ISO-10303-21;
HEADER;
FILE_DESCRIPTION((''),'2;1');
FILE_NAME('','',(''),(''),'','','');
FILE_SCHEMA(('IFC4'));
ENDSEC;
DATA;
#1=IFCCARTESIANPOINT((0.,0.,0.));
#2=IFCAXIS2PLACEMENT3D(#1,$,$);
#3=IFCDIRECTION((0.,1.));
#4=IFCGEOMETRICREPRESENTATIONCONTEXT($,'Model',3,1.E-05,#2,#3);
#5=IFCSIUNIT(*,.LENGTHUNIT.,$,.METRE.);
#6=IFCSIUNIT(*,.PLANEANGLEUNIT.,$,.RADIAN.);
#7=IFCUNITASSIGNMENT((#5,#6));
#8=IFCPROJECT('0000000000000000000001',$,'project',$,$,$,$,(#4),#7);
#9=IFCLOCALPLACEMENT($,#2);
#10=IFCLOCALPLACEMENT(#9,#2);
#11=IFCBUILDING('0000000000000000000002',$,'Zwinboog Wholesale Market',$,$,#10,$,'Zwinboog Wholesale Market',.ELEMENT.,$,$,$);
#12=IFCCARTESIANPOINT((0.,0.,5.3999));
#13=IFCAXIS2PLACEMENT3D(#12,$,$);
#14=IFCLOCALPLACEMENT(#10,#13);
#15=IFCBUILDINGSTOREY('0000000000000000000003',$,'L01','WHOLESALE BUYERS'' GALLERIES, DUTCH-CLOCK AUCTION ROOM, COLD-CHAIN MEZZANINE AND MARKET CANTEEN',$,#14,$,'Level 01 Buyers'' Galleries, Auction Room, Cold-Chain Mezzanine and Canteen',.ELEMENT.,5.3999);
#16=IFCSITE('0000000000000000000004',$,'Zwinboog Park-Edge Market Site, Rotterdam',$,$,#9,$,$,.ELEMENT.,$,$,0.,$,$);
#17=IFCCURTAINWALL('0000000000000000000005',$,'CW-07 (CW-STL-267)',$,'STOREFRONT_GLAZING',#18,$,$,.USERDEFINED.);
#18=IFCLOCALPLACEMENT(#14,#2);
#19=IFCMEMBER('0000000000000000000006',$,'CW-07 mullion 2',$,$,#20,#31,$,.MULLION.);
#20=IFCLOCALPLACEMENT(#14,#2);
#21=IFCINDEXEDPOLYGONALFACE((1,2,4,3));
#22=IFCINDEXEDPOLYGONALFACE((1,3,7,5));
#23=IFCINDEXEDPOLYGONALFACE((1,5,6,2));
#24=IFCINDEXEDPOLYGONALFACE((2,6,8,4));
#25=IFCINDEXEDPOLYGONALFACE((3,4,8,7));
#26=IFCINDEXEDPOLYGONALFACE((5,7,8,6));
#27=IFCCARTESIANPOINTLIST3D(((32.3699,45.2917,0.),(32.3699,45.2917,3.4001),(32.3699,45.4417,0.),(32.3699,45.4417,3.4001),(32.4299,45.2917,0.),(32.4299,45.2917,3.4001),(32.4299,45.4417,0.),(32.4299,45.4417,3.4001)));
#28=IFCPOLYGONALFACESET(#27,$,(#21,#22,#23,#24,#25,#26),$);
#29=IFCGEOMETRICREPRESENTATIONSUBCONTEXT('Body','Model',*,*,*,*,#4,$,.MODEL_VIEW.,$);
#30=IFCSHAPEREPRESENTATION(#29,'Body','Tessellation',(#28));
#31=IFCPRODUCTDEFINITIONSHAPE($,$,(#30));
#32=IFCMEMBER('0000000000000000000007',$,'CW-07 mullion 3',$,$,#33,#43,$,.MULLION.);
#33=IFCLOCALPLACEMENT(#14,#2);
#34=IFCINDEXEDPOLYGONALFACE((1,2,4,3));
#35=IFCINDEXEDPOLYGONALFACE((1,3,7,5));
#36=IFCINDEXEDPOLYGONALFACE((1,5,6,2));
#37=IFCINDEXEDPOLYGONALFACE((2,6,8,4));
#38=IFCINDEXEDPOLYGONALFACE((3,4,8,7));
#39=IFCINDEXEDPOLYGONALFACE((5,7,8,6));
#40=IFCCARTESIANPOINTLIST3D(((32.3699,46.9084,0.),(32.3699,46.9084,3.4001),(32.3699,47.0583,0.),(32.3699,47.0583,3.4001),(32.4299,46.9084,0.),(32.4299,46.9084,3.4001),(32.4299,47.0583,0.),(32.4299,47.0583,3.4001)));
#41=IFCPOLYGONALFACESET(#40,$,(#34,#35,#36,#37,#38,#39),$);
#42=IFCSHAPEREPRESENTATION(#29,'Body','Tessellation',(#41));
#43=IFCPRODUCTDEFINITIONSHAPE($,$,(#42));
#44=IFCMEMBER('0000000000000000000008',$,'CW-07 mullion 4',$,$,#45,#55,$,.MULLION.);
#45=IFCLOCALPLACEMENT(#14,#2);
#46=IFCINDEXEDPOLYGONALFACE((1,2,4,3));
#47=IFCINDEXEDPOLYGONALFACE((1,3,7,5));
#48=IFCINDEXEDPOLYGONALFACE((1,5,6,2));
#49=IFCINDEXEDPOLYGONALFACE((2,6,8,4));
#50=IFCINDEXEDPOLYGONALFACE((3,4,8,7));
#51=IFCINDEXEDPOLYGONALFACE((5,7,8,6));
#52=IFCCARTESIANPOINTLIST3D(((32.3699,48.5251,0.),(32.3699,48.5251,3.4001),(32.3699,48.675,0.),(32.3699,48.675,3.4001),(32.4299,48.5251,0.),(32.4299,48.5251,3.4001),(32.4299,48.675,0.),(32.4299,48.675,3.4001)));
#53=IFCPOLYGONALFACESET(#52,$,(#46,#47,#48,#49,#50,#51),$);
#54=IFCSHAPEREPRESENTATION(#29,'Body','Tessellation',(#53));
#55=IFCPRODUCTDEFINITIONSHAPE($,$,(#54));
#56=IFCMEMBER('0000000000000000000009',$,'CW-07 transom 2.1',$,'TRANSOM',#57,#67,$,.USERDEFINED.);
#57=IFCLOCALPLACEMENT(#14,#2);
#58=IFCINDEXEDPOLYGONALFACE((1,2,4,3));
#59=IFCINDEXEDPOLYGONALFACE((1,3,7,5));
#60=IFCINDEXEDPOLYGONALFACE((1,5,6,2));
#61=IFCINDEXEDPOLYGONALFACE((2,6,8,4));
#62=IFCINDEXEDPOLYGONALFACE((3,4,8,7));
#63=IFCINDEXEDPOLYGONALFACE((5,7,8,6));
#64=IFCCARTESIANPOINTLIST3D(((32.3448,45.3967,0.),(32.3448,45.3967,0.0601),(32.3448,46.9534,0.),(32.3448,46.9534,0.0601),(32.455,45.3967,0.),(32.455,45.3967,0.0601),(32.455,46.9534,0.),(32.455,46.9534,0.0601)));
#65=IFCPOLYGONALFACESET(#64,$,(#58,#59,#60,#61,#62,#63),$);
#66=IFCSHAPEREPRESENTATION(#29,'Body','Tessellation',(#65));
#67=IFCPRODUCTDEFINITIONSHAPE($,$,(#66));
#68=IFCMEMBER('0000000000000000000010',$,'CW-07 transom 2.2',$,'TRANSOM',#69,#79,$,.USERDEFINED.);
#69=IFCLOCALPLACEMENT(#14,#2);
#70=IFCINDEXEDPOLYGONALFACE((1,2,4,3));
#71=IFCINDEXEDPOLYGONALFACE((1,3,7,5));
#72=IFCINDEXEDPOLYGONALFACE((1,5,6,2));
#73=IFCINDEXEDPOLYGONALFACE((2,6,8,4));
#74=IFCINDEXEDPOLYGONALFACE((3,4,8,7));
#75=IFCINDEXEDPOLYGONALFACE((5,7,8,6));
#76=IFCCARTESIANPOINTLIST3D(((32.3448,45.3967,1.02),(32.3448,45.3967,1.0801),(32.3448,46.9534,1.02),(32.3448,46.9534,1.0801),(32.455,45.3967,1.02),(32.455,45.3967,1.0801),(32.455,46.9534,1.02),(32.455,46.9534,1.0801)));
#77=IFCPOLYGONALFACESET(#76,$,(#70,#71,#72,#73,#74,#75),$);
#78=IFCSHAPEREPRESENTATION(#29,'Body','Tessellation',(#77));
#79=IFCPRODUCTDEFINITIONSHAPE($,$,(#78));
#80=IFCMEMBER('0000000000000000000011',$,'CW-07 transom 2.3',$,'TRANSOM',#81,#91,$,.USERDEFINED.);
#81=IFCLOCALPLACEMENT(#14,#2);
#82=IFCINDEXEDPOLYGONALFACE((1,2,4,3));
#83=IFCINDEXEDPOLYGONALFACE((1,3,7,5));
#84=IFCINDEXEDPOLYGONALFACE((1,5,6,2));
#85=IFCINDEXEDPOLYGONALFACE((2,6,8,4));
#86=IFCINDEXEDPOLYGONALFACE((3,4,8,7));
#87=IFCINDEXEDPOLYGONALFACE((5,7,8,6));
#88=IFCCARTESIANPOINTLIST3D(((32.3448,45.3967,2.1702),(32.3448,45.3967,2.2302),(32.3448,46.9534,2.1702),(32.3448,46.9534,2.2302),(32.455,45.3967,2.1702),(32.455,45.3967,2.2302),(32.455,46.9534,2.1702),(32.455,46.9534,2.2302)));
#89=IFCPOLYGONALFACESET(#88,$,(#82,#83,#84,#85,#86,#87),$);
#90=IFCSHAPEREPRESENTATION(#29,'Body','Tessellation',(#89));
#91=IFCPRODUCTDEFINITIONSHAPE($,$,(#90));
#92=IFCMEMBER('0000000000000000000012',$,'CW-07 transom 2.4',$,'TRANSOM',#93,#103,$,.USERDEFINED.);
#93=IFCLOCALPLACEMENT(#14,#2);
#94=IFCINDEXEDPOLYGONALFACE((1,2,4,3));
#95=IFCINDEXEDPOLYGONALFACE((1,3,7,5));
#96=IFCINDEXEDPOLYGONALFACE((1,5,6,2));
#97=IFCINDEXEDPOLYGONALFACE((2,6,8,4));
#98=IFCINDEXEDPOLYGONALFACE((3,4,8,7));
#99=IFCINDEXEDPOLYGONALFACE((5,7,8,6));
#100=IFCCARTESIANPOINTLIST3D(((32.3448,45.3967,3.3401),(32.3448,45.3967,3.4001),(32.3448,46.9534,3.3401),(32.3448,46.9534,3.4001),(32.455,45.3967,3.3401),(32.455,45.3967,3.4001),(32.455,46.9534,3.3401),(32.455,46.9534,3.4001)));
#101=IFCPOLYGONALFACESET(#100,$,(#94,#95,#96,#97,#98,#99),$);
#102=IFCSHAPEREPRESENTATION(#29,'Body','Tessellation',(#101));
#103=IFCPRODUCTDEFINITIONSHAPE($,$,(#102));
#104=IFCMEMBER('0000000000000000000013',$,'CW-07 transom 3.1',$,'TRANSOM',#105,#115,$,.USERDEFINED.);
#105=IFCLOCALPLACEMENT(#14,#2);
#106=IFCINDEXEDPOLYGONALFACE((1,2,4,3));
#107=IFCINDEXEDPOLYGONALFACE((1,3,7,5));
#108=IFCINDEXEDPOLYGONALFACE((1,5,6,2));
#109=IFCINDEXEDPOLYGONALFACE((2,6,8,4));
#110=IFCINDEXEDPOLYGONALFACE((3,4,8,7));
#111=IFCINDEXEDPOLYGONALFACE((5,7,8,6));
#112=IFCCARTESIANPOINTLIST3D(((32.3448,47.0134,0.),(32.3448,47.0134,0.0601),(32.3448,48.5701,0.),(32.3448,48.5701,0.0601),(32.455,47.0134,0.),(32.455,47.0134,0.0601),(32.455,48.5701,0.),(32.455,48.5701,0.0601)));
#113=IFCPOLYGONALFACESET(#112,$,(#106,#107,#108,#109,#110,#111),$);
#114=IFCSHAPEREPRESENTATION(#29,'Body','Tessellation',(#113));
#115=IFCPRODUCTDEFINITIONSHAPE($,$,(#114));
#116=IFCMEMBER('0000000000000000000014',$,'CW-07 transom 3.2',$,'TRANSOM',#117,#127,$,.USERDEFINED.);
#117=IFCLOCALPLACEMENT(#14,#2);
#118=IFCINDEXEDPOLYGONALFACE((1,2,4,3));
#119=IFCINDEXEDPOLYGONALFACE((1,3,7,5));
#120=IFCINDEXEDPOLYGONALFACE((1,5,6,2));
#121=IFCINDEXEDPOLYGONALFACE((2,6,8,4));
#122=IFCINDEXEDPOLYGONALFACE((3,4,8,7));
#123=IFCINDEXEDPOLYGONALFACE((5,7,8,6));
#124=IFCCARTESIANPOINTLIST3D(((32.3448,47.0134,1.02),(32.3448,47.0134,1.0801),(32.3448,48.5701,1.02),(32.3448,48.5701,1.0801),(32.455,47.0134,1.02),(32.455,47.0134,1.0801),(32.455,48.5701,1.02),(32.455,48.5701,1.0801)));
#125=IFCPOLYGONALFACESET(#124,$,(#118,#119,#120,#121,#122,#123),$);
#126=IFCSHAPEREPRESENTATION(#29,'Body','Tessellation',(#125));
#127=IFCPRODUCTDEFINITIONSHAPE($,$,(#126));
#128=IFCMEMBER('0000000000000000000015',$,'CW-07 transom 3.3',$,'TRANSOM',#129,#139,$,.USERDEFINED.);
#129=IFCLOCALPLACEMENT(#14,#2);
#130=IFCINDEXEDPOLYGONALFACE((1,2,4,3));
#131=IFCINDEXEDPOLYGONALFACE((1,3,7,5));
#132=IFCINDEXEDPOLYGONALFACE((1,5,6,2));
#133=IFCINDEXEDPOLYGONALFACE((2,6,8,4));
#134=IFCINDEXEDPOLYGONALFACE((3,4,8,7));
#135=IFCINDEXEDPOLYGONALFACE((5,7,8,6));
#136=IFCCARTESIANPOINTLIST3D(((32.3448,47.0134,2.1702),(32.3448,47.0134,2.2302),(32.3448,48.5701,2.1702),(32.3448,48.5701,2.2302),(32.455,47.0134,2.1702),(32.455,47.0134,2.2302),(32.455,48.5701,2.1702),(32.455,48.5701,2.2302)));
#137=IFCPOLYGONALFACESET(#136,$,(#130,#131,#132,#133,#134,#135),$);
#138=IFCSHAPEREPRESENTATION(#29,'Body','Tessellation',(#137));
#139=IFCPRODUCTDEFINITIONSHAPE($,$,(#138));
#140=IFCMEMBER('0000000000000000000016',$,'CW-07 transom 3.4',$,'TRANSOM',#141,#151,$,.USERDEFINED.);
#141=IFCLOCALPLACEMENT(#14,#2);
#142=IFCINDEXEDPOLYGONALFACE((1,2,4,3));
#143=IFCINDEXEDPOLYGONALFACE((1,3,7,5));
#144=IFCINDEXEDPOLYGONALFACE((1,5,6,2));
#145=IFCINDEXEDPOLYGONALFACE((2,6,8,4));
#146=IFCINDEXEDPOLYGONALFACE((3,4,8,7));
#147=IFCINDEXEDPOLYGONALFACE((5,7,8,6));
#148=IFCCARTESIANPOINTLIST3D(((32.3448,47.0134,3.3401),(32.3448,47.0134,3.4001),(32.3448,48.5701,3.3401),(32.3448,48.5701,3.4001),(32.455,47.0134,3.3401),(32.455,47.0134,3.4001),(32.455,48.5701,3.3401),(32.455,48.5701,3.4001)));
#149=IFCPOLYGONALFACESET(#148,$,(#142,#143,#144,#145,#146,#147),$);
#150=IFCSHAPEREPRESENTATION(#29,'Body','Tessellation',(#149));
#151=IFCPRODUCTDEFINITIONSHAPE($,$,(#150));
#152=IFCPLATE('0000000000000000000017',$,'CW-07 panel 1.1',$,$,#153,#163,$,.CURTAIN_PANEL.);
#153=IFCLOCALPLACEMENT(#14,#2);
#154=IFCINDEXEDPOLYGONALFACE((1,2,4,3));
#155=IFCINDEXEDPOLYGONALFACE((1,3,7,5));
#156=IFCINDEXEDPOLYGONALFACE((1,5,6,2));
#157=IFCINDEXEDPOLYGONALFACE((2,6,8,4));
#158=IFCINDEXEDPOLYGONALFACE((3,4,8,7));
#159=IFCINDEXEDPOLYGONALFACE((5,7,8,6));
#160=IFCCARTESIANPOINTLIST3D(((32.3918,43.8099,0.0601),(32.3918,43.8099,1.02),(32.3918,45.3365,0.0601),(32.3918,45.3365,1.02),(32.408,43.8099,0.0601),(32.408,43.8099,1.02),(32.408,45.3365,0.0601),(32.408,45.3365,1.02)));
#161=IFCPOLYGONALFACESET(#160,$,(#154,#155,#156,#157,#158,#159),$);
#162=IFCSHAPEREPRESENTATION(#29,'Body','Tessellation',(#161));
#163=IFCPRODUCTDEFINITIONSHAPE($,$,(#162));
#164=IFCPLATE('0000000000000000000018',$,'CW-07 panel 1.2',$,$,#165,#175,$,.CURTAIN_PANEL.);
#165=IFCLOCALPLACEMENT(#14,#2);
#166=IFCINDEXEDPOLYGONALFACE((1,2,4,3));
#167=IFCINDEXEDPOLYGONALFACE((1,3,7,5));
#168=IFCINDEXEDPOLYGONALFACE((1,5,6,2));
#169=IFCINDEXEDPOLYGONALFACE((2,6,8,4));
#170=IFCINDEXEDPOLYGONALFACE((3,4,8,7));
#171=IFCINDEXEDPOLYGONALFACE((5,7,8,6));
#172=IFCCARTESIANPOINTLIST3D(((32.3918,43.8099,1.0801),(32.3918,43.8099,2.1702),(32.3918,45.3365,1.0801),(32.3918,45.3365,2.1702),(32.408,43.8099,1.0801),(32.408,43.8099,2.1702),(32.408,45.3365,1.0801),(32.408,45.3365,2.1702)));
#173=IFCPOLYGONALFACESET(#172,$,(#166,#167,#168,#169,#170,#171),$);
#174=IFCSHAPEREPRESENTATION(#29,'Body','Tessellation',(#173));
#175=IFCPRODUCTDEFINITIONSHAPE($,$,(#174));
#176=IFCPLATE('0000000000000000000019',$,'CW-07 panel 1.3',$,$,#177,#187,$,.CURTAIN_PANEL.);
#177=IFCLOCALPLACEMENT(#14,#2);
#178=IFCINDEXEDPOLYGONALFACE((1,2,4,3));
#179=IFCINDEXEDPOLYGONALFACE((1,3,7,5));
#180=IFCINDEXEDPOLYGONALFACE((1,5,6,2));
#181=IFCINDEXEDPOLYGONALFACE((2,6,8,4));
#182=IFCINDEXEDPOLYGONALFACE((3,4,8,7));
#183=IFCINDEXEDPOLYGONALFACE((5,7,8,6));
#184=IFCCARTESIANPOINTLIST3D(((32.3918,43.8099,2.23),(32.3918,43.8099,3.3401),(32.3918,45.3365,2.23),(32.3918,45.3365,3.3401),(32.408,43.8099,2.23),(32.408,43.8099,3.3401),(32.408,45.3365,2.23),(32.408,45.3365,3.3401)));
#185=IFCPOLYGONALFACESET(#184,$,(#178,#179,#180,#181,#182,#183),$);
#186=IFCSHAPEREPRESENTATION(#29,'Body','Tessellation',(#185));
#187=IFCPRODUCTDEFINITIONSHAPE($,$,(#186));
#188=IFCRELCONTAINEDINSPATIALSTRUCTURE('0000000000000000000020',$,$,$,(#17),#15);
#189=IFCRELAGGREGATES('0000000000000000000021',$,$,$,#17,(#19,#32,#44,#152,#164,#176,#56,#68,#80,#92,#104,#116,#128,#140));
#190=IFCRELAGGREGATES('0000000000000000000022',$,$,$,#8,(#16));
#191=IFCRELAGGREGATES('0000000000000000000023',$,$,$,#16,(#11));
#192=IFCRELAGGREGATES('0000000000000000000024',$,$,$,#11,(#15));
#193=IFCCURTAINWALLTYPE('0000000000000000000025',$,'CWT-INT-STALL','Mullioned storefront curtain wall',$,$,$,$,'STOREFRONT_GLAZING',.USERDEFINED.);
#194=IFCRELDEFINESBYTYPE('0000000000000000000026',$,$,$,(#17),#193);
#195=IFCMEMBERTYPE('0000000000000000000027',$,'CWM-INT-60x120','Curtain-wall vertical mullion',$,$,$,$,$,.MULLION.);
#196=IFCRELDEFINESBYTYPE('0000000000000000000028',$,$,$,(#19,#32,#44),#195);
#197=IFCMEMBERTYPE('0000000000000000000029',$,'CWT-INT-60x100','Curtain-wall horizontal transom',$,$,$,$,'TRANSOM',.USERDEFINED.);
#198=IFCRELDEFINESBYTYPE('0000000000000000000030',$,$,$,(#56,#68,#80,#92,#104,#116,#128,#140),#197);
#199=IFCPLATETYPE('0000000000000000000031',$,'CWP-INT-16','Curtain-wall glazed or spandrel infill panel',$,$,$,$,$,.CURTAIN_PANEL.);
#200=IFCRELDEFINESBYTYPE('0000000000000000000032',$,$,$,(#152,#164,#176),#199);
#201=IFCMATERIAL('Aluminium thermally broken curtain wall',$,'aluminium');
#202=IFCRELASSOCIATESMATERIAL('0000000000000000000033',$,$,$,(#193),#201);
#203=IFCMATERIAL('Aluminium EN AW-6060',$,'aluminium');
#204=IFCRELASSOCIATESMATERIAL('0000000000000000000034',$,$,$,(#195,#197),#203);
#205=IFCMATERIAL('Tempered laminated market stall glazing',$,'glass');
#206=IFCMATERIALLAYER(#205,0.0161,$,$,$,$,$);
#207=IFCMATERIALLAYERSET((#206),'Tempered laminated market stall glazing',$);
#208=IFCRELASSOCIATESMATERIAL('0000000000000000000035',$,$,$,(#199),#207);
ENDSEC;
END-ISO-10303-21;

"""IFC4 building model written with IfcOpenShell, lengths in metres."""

from ifc_helpers import new_model, si_unit, direction, frame, origin, origin_2d, place, context, subcontext, project, spatial, rectangle, extrude, material, layer, layer_set, material_profile, profile_set, type_object, element, aggregate, save


model = new_model("IFC4")

# Units and contexts
model_context = context("Model", 3, precision=1e-05, world=origin(), true_north=direction((0.0, 1.0)))
body_context = subcontext(model_context, "Body", "Model", "MODEL_VIEW")
ifc_project = project(units=[si_unit("LENGTHUNIT", "METRE"), si_unit("PLANEANGLEUNIT", "RADIAN")], contexts=[model_context])

# Site, building, storey
site_placement = place(None, origin())
site = spatial("IfcSite", under=ifc_project, at=site_placement, Name="Zwinboog Park-Edge Market Site, Rotterdam", CompositionType="ELEMENT", RefElevation=0.0)
building_placement = place(site_placement, origin())
building = spatial("IfcBuilding", under=site, at=building_placement, Name="Zwinboog Wholesale Market", LongName="Zwinboog Wholesale Market", CompositionType="ELEMENT")
storey_placement = place(building_placement, frame((0.0, 0.0, 5.3999)))
storey = spatial("IfcBuildingStorey", under=building, at=storey_placement, Name="L01", Description="WHOLESALE BUYERS' GALLERIES, DUTCH-CLOCK AUCTION ROOM, COLD-CHAIN MEZZANINE AND MARKET CANTEEN", LongName="Level 01 Buyers' Galleries, Auction Room, Cold-Chain Mezzanine and Canteen", CompositionType="ELEMENT", Elevation=5.3999)

# Curtain wall, members, plates
ifc_material_1 = material(Name="Aluminium thermally broken curtain wall", Category="aluminium")
curtain_wall_type = type_object("IfcCurtainWallType", Name="CWT-INT-STALL", Description="Mullioned storefront curtain wall", ElementType="STOREFRONT_GLAZING", PredefinedType="USERDEFINED", material=ifc_material_1)
curtain_wall_placement = place(storey_placement, origin())
curtain_wall = element("IfcCurtainWall", 1, at=curtain_wall_placement, inside=storey, type_object=curtain_wall_type, Name="CW-07 (CW-STL-267)", ObjectType="STOREFRONT_GLAZING", PredefinedType="USERDEFINED")
ifc_material_2 = material(Name="Aluminium EN AW-6060", Category="aluminium")
ifc_material_profile_1 = material_profile(ifc_material_2, rectangle(XDim=0.0601, YDim=0.1499, at=origin_2d()), Name="AL 60x150")
ifc_profile_set_1 = profile_set([ifc_material_profile_1], Name="Aluminium EN AW-6060")
member_type_1 = type_object("IfcMemberType", Name="CWM-INT-60x120", Description="Curtain-wall vertical mullion", PredefinedType="MULLION", material=ifc_profile_set_1)
member_1_placement = place(storey_placement, frame((32.3999, 45.3667, 0.0), z_axis=(0.0, 0.0, 1.0), x_axis=(-1.0, 0.0, 0.0)))
member_1 = element("IfcMember", 2, at=member_1_placement, type_object=member_type_1, Name="CW-07 mullion 2", PredefinedType="MULLION", context=body_context, shape_type="SweptSolid", body=[
    extrude(rectangle(XDim=0.0601, YDim=0.1499, at=origin_2d()), origin(), (0.0, 0.0, 1.0), 3.4001),
])
member_2_placement = place(storey_placement, frame((32.3999, 46.9834, 0.0), z_axis=(0.0, 0.0, 1.0), x_axis=(-1.0, 0.0, 0.0)))
member_2 = element("IfcMember", 3, at=member_2_placement, type_object=member_type_1, Name="CW-07 mullion 3", PredefinedType="MULLION", context=body_context, shape_type="SweptSolid", body=[
    extrude(rectangle(XDim=0.0601, YDim=0.1499, at=origin_2d()), origin(), (0.0, 0.0, 1.0), 3.4001),
])
member_3_placement = place(storey_placement, frame((32.3999, 48.6001, 0.0), z_axis=(0.0, 0.0, 1.0), x_axis=(-1.0, 0.0, 0.0)))
member_3 = element("IfcMember", 4, at=member_3_placement, type_object=member_type_1, Name="CW-07 mullion 4", PredefinedType="MULLION", context=body_context, shape_type="SweptSolid", body=[
    extrude(rectangle(XDim=0.0601, YDim=0.1499, at=origin_2d()), origin(), (0.0, 0.0, 1.0), 3.4001),
])
ifc_material_profile_2 = material_profile(ifc_material_2, rectangle(XDim=0.1101, YDim=0.0601, at=origin_2d()), Name="AL 60x110")
ifc_profile_set_2 = profile_set([ifc_material_profile_2], Name="Aluminium EN AW-6060")
member_type_2 = type_object("IfcMemberType", Name="CWT-INT-60x100", Description="Curtain-wall horizontal transom", ElementType="TRANSOM", PredefinedType="USERDEFINED", material=ifc_profile_set_2)
member_4_placement = place(storey_placement, frame((32.3999, 45.3967, 0.03), z_axis=(0.0, 1.0, 0.0), x_axis=(-1.0, 0.0, 0.0)))
member_4 = element("IfcMember", 5, at=member_4_placement, type_object=member_type_2, Name="CW-07 transom 2.1", ObjectType="TRANSOM", PredefinedType="USERDEFINED", context=body_context, shape_type="SweptSolid", body=[
    extrude(rectangle(XDim=0.1101, YDim=0.0601, at=origin_2d()), origin(), (0.0, 0.0, 1.0), 1.5566),
])
member_5_placement = place(storey_placement, frame((32.3999, 45.3967, 1.05), z_axis=(0.0, 1.0, 0.0), x_axis=(-1.0, 0.0, 0.0)))
member_5 = element("IfcMember", 6, at=member_5_placement, type_object=member_type_2, Name="CW-07 transom 2.2", ObjectType="TRANSOM", PredefinedType="USERDEFINED", context=body_context, shape_type="SweptSolid", body=[
    extrude(rectangle(XDim=0.1101, YDim=0.0601, at=origin_2d()), origin(), (0.0, 0.0, 1.0), 1.5566),
])
member_6_placement = place(storey_placement, frame((32.3999, 45.3967, 2.2002), z_axis=(0.0, 1.0, 0.0), x_axis=(-1.0, 0.0, 0.0)))
member_6 = element("IfcMember", 7, at=member_6_placement, type_object=member_type_2, Name="CW-07 transom 2.3", ObjectType="TRANSOM", PredefinedType="USERDEFINED", context=body_context, shape_type="SweptSolid", body=[
    extrude(rectangle(XDim=0.1101, YDim=0.0601, at=origin_2d()), origin(), (0.0, 0.0, 1.0), 1.5566),
])
member_7_placement = place(storey_placement, frame((32.3999, 45.3967, 3.3701), z_axis=(0.0, 1.0, 0.0), x_axis=(-1.0, 0.0, 0.0)))
member_7 = element("IfcMember", 8, at=member_7_placement, type_object=member_type_2, Name="CW-07 transom 2.4", ObjectType="TRANSOM", PredefinedType="USERDEFINED", context=body_context, shape_type="SweptSolid", body=[
    extrude(rectangle(XDim=0.1101, YDim=0.0601, at=origin_2d()), origin(), (0.0, 0.0, 1.0), 1.5566),
])
member_8_placement = place(storey_placement, frame((32.3999, 47.0134, 0.03), z_axis=(0.0, 1.0, 0.0), x_axis=(-1.0, 0.0, 0.0)))
member_8 = element("IfcMember", 9, at=member_8_placement, type_object=member_type_2, Name="CW-07 transom 3.1", ObjectType="TRANSOM", PredefinedType="USERDEFINED", context=body_context, shape_type="SweptSolid", body=[
    extrude(rectangle(XDim=0.1101, YDim=0.0601, at=origin_2d()), origin(), (0.0, 0.0, 1.0), 1.5566),
])
member_9_placement = place(storey_placement, frame((32.3999, 47.0134, 1.05), z_axis=(0.0, 1.0, 0.0), x_axis=(-1.0, 0.0, 0.0)))
member_9 = element("IfcMember", 10, at=member_9_placement, type_object=member_type_2, Name="CW-07 transom 3.2", ObjectType="TRANSOM", PredefinedType="USERDEFINED", context=body_context, shape_type="SweptSolid", body=[
    extrude(rectangle(XDim=0.1101, YDim=0.0601, at=origin_2d()), origin(), (0.0, 0.0, 1.0), 1.5566),
])
member_10_placement = place(storey_placement, frame((32.3999, 47.0134, 2.2002), z_axis=(0.0, 1.0, 0.0), x_axis=(-1.0, 0.0, 0.0)))
member_10 = element("IfcMember", 11, at=member_10_placement, type_object=member_type_2, Name="CW-07 transom 3.3", ObjectType="TRANSOM", PredefinedType="USERDEFINED", context=body_context, shape_type="SweptSolid", body=[
    extrude(rectangle(XDim=0.1101, YDim=0.0601, at=origin_2d()), origin(), (0.0, 0.0, 1.0), 1.5566),
])
member_11_placement = place(storey_placement, frame((32.3999, 47.0134, 3.3701), z_axis=(0.0, 1.0, 0.0), x_axis=(-1.0, 0.0, 0.0)))
member_11 = element("IfcMember", 12, at=member_11_placement, type_object=member_type_2, Name="CW-07 transom 3.4", ObjectType="TRANSOM", PredefinedType="USERDEFINED", context=body_context, shape_type="SweptSolid", body=[
    extrude(rectangle(XDim=0.1101, YDim=0.0601, at=origin_2d()), origin(), (0.0, 0.0, 1.0), 1.5566),
])
ifc_material_3 = material(Name="Tempered laminated market stall glazing", Category="glass")
ifc_layer = layer(ifc_material_3, 0.0161)
ifc_layer_set = layer_set([ifc_layer], Name="Tempered laminated market stall glazing")
plate_type = type_object("IfcPlateType", Name="CWP-INT-16", Description="Curtain-wall glazed or spandrel infill panel", PredefinedType="CURTAIN_PANEL", material=ifc_layer_set)
plate_1_placement = place(storey_placement, frame((32.3999, 44.5732, 0.0601), z_axis=(0.0, 0.0, 1.0), x_axis=(0.0, 1.0, 0.0)))
plate_1 = element("IfcPlate", 13, at=plate_1_placement, type_object=plate_type, Name="CW-07 panel 1.1", PredefinedType="CURTAIN_PANEL", context=body_context, shape_type="SweptSolid", body=[
    extrude(rectangle(XDim=1.5266, YDim=0.0161, at=origin_2d()), origin(), (0.0, 0.0, 1.0), 0.96),
])
plate_2_placement = place(storey_placement, frame((32.3999, 44.5732, 1.0801), z_axis=(0.0, 0.0, 1.0), x_axis=(0.0, 1.0, 0.0)))
plate_2 = element("IfcPlate", 14, at=plate_2_placement, type_object=plate_type, Name="CW-07 panel 1.2", PredefinedType="CURTAIN_PANEL", context=body_context, shape_type="SweptSolid", body=[
    extrude(rectangle(XDim=1.5266, YDim=0.0161, at=origin_2d()), origin(), (0.0, 0.0, 1.0), 1.0901),
])
plate_3_placement = place(storey_placement, frame((32.3999, 44.5732, 2.23), z_axis=(0.0, 0.0, 1.0), x_axis=(0.0, 1.0, 0.0)))
plate_3 = element("IfcPlate", 15, at=plate_3_placement, type_object=plate_type, Name="CW-07 panel 1.3", PredefinedType="CURTAIN_PANEL", context=body_context, shape_type="SweptSolid", body=[
    extrude(rectangle(XDim=1.5266, YDim=0.0161, at=origin_2d()), origin(), (0.0, 0.0, 1.0), 1.1101),
])
aggregate(curtain_wall, [member_1, member_2, member_3, plate_1, plate_2, plate_3, member_4, member_5, member_6, member_7, member_8, member_9, member_10, member_11])

save(model, "model.ifc")
